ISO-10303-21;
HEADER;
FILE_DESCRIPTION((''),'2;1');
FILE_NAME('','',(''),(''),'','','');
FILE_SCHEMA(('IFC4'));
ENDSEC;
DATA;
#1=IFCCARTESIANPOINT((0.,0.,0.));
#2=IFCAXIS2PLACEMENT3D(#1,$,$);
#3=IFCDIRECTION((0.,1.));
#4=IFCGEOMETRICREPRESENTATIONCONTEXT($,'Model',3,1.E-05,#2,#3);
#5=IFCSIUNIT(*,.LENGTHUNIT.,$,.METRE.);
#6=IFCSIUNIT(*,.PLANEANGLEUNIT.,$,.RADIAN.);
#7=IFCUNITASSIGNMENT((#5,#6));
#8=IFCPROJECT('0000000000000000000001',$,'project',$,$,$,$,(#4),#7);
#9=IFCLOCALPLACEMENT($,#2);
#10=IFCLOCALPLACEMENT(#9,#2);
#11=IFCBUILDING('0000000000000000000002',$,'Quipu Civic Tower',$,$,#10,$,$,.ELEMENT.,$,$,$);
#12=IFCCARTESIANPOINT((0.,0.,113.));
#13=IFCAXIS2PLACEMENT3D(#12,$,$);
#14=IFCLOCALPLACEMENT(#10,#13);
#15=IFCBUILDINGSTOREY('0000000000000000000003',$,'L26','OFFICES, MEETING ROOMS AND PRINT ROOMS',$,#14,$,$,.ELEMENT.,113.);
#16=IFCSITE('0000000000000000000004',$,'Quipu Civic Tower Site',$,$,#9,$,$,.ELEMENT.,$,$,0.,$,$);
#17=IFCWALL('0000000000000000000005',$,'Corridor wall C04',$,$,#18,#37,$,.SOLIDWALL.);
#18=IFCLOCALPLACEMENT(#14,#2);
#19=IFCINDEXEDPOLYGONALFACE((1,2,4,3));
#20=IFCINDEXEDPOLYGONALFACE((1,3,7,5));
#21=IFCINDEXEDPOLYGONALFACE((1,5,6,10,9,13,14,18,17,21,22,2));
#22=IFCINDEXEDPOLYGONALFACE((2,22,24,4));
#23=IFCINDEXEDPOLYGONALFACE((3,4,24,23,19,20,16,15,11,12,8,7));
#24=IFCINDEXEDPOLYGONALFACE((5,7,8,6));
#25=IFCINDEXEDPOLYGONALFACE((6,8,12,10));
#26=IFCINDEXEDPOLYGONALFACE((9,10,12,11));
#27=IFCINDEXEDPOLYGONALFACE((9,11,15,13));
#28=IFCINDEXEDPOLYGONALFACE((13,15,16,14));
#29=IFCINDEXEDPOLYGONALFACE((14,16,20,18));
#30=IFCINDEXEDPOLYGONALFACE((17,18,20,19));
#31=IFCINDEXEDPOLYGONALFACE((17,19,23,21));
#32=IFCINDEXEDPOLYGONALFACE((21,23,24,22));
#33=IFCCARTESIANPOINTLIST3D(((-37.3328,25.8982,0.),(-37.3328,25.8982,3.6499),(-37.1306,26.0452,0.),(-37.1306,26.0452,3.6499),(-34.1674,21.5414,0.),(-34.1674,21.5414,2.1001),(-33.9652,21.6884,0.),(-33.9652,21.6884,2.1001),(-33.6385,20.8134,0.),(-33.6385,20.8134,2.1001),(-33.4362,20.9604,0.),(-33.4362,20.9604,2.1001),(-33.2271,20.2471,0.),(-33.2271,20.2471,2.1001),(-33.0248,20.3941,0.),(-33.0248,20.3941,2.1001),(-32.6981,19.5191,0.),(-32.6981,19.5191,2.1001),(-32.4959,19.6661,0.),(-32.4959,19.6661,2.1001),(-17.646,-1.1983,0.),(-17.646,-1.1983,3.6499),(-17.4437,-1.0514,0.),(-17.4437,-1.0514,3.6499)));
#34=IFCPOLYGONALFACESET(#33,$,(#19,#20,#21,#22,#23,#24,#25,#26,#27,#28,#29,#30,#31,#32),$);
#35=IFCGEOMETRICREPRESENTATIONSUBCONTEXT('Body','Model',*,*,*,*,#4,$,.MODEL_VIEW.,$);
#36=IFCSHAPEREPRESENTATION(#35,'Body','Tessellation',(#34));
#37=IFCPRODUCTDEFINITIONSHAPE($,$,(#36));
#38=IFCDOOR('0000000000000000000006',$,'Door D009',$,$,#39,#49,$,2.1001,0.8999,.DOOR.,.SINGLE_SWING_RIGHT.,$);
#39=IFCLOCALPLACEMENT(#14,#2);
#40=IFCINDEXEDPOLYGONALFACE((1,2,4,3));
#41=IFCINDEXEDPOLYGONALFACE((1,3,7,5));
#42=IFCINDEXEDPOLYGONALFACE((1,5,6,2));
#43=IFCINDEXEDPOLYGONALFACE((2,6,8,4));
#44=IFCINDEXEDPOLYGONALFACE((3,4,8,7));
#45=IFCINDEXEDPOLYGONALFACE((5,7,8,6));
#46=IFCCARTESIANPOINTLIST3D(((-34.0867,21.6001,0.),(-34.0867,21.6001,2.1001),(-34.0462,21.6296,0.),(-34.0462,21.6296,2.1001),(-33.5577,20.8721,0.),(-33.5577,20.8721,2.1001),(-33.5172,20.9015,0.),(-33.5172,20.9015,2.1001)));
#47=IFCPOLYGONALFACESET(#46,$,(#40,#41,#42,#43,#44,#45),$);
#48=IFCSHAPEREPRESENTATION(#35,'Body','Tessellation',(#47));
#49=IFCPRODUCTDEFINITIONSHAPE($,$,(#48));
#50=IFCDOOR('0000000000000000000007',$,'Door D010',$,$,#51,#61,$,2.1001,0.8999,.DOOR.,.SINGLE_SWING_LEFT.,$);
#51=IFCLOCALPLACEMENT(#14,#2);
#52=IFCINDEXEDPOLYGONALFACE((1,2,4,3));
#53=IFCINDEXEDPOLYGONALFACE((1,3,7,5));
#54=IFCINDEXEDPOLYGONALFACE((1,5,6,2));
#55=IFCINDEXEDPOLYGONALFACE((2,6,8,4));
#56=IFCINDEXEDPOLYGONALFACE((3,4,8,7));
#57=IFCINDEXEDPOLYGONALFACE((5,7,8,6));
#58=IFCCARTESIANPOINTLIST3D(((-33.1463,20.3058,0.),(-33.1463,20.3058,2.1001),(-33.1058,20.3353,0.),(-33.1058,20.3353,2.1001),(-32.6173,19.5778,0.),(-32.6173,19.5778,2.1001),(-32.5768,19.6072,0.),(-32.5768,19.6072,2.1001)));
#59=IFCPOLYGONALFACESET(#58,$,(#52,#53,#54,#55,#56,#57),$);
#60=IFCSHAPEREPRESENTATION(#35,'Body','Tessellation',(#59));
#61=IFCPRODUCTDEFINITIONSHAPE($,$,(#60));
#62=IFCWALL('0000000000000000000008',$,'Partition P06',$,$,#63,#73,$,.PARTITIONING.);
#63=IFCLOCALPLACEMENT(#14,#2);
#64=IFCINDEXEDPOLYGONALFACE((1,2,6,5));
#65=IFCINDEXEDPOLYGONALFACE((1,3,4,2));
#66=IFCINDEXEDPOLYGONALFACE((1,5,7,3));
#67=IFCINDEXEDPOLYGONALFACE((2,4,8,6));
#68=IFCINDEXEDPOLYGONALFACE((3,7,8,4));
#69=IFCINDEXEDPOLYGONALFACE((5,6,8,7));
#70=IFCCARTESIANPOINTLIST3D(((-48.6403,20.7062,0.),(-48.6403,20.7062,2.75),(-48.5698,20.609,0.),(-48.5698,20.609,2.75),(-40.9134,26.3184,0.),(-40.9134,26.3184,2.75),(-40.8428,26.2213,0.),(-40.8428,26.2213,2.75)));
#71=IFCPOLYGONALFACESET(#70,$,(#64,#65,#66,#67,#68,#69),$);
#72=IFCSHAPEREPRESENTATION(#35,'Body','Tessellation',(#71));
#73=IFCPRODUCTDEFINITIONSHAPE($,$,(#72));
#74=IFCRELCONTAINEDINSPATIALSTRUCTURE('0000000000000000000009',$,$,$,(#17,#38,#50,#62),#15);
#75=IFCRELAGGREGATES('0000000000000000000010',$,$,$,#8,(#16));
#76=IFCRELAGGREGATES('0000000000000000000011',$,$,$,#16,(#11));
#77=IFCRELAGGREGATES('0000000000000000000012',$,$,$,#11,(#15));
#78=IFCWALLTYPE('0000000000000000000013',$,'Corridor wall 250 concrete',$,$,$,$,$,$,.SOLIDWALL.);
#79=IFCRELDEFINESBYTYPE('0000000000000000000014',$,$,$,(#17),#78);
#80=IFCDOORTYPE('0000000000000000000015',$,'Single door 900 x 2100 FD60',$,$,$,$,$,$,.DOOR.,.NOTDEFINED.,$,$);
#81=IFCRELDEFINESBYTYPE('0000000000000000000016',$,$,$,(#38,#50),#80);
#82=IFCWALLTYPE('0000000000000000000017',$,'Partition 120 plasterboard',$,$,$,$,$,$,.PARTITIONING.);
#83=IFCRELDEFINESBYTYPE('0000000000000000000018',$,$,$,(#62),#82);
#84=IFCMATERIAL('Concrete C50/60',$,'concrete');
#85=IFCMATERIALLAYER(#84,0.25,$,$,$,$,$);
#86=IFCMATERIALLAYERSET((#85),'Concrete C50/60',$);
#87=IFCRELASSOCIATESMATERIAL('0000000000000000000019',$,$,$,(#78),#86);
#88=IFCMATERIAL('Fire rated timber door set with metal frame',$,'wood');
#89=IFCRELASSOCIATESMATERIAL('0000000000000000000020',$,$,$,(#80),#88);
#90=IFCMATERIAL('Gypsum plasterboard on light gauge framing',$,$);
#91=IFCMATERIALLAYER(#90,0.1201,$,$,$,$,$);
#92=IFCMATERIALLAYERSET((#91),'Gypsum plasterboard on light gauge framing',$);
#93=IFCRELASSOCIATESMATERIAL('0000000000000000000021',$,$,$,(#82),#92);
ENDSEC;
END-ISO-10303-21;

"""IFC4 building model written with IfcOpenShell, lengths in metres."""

from ifc_helpers import new_model, si_unit, direction, frame, frame_2d, origin, place, context, subcontext, project, spatial, rectangle, extrude, material, layer, layer_set, type_object, element, fill, save


model = new_model("IFC4")

# Units and contexts
model_context = context("Model", 3, precision=1e-05, world=origin(), true_north=direction((0.0, 1.0)))
body_context = subcontext(model_context, "Body", "Model", "MODEL_VIEW")
ifc_project = project(units=[si_unit("LENGTHUNIT", "METRE"), si_unit("PLANEANGLEUNIT", "RADIAN")], contexts=[model_context])

# Site, building, storey
site_placement = place(None, origin())
site = spatial("IfcSite", under=ifc_project, at=site_placement, Name="Quipu Civic Tower Site", CompositionType="ELEMENT", RefElevation=0.0)
building_placement = place(site_placement, origin())
building = spatial("IfcBuilding", under=site, at=building_placement, Name="Quipu Civic Tower", CompositionType="ELEMENT")
storey_placement = place(building_placement, frame((0.0, 0.0, 113.0)))
storey = spatial("IfcBuildingStorey", under=building, at=storey_placement, Name="L26", Description="OFFICES, MEETING ROOMS AND PRINT ROOMS", CompositionType="ELEMENT", Elevation=113.0)

# Wall, openings, doors
ifc_material_1 = material(Name="Concrete C50/60", Category="concrete")
ifc_layer_1 = layer(ifc_material_1, 0.25)
ifc_layer_set_1 = layer_set([ifc_layer_1], Name="Concrete C50/60")
wall_type_1 = type_object("IfcWallType", Name="Corridor wall 250 concrete", PredefinedType="SOLIDWALL", material=ifc_layer_set_1)
wall_1_placement = place(storey_placement, frame((-37.2317, 25.9717, 0.0), z_axis=(0.0, 0.0, 1.0), x_axis=(0.587786, -0.809016, 0.0)))
wall_1 = element("IfcWall", 1, at=wall_1_placement, inside=storey, type_object=wall_type_1, Name="Corridor wall C04", PredefinedType="SOLIDWALL", context=body_context, shape_type="SweptSolid", body=[
    extrude(rectangle(XDim=33.4932, YDim=0.25, at=frame_2d((16.7466, 0.0))), origin(), (0.0, 0.0, 1.0), 3.6499),
])
opening_1_placement = place(wall_1_placement, frame((5.3853, 0.0, 0.0)))
opening_1 = element("IfcOpeningElement", 2, at=opening_1_placement, cuts=wall_1, PredefinedType="OPENING", context=body_context, shape_type="SweptSolid", body=[
    extrude(rectangle(XDim=0.8999, YDim=2.1001, at=frame_2d((0.45, 1.05))), frame((0.0, 0.135, 0.0), z_axis=(0.0, -1.0, 0.0), x_axis=(1.0, 0.0, 0.0)), (0.0, 0.0, 1.0), 0.27),
])
opening_2_placement = place(wall_1_placement, frame((6.9851, 0.0, 0.0)))
opening_2 = element("IfcOpeningElement", 3, at=opening_2_placement, cuts=wall_1, PredefinedType="OPENING", context=body_context, shape_type="SweptSolid", body=[
    extrude(rectangle(XDim=0.8999, YDim=2.1001, at=frame_2d((0.45, 1.05))), frame((0.0, 0.135, 0.0), z_axis=(0.0, -1.0, 0.0), x_axis=(1.0, 0.0, 0.0)), (0.0, 0.0, 1.0), 0.27),
])
ifc_material_2 = material(Name="Fire rated timber door set with metal frame", Category="wood")
door_type_1 = type_object("IfcDoorType", Name="Single door 900 x 2100 FD60", OperationType="NOTDEFINED", PredefinedType="DOOR", material=ifc_material_2)
door_1_placement = place(opening_1_placement, origin())
door_1 = element("IfcDoor", 4, at=door_1_placement, inside=storey, type_object=door_type_1, Name="Door D009", OperationType="SINGLE_SWING_RIGHT", OverallHeight=2.1001, OverallWidth=0.8999, PredefinedType="DOOR", context=body_context, shape_type="SweptSolid", body=[
    extrude(rectangle(XDim=0.8999, YDim=2.1001, at=frame_2d((0.45, 1.05))), frame((0.0, 0.0249, 0.0), z_axis=(0.0, -1.0, 0.0), x_axis=(1.0, 0.0, 0.0)), (0.0, 0.0, 1.0), 0.05),
])
fill(opening_1, door_1)
door_2_placement = place(opening_2_placement, origin())
door_2 = element("IfcDoor", 5, at=door_2_placement, inside=storey, type_object=door_type_1, Name="Door D010", OperationType="SINGLE_SWING_LEFT", OverallHeight=2.1001, OverallWidth=0.8999, PredefinedType="DOOR", context=body_context, shape_type="SweptSolid", body=[
    extrude(rectangle(XDim=0.8999, YDim=2.1001, at=frame_2d((0.45, 1.05))), frame((0.0, 0.0249, 0.0), z_axis=(0.0, -1.0, 0.0), x_axis=(1.0, 0.0, 0.0)), (0.0, 0.0, 1.0), 0.05),
])
fill(opening_2, door_2)

# Wall
ifc_material_3 = material(Name="Gypsum plasterboard on light gauge framing")
ifc_layer_2 = layer(ifc_material_3, 0.1201)
ifc_layer_set_2 = layer_set([ifc_layer_2], Name="Gypsum plasterboard on light gauge framing")
wall_type_2 = type_object("IfcWallType", Name="Partition 120 plasterboard", PredefinedType="PARTITIONING", material=ifc_layer_set_2)
wall_2_placement = place(storey_placement, frame((-40.8782, 26.2698, 0.0), z_axis=(0.0, 0.0, 1.0), x_axis=(-0.809103, -0.587667, 0.0)))
element("IfcWall", 6, at=wall_2_placement, inside=storey, type_object=wall_type_2, Name="Partition P06", PredefinedType="PARTITIONING", context=body_context, shape_type="SweptSolid", body=[
    extrude(rectangle(XDim=9.55, YDim=0.1201, at=frame_2d((4.7749, 0.0))), origin(), (0.0, 0.0, 1.0), 2.75),
])

save(model, "model.ifc")
